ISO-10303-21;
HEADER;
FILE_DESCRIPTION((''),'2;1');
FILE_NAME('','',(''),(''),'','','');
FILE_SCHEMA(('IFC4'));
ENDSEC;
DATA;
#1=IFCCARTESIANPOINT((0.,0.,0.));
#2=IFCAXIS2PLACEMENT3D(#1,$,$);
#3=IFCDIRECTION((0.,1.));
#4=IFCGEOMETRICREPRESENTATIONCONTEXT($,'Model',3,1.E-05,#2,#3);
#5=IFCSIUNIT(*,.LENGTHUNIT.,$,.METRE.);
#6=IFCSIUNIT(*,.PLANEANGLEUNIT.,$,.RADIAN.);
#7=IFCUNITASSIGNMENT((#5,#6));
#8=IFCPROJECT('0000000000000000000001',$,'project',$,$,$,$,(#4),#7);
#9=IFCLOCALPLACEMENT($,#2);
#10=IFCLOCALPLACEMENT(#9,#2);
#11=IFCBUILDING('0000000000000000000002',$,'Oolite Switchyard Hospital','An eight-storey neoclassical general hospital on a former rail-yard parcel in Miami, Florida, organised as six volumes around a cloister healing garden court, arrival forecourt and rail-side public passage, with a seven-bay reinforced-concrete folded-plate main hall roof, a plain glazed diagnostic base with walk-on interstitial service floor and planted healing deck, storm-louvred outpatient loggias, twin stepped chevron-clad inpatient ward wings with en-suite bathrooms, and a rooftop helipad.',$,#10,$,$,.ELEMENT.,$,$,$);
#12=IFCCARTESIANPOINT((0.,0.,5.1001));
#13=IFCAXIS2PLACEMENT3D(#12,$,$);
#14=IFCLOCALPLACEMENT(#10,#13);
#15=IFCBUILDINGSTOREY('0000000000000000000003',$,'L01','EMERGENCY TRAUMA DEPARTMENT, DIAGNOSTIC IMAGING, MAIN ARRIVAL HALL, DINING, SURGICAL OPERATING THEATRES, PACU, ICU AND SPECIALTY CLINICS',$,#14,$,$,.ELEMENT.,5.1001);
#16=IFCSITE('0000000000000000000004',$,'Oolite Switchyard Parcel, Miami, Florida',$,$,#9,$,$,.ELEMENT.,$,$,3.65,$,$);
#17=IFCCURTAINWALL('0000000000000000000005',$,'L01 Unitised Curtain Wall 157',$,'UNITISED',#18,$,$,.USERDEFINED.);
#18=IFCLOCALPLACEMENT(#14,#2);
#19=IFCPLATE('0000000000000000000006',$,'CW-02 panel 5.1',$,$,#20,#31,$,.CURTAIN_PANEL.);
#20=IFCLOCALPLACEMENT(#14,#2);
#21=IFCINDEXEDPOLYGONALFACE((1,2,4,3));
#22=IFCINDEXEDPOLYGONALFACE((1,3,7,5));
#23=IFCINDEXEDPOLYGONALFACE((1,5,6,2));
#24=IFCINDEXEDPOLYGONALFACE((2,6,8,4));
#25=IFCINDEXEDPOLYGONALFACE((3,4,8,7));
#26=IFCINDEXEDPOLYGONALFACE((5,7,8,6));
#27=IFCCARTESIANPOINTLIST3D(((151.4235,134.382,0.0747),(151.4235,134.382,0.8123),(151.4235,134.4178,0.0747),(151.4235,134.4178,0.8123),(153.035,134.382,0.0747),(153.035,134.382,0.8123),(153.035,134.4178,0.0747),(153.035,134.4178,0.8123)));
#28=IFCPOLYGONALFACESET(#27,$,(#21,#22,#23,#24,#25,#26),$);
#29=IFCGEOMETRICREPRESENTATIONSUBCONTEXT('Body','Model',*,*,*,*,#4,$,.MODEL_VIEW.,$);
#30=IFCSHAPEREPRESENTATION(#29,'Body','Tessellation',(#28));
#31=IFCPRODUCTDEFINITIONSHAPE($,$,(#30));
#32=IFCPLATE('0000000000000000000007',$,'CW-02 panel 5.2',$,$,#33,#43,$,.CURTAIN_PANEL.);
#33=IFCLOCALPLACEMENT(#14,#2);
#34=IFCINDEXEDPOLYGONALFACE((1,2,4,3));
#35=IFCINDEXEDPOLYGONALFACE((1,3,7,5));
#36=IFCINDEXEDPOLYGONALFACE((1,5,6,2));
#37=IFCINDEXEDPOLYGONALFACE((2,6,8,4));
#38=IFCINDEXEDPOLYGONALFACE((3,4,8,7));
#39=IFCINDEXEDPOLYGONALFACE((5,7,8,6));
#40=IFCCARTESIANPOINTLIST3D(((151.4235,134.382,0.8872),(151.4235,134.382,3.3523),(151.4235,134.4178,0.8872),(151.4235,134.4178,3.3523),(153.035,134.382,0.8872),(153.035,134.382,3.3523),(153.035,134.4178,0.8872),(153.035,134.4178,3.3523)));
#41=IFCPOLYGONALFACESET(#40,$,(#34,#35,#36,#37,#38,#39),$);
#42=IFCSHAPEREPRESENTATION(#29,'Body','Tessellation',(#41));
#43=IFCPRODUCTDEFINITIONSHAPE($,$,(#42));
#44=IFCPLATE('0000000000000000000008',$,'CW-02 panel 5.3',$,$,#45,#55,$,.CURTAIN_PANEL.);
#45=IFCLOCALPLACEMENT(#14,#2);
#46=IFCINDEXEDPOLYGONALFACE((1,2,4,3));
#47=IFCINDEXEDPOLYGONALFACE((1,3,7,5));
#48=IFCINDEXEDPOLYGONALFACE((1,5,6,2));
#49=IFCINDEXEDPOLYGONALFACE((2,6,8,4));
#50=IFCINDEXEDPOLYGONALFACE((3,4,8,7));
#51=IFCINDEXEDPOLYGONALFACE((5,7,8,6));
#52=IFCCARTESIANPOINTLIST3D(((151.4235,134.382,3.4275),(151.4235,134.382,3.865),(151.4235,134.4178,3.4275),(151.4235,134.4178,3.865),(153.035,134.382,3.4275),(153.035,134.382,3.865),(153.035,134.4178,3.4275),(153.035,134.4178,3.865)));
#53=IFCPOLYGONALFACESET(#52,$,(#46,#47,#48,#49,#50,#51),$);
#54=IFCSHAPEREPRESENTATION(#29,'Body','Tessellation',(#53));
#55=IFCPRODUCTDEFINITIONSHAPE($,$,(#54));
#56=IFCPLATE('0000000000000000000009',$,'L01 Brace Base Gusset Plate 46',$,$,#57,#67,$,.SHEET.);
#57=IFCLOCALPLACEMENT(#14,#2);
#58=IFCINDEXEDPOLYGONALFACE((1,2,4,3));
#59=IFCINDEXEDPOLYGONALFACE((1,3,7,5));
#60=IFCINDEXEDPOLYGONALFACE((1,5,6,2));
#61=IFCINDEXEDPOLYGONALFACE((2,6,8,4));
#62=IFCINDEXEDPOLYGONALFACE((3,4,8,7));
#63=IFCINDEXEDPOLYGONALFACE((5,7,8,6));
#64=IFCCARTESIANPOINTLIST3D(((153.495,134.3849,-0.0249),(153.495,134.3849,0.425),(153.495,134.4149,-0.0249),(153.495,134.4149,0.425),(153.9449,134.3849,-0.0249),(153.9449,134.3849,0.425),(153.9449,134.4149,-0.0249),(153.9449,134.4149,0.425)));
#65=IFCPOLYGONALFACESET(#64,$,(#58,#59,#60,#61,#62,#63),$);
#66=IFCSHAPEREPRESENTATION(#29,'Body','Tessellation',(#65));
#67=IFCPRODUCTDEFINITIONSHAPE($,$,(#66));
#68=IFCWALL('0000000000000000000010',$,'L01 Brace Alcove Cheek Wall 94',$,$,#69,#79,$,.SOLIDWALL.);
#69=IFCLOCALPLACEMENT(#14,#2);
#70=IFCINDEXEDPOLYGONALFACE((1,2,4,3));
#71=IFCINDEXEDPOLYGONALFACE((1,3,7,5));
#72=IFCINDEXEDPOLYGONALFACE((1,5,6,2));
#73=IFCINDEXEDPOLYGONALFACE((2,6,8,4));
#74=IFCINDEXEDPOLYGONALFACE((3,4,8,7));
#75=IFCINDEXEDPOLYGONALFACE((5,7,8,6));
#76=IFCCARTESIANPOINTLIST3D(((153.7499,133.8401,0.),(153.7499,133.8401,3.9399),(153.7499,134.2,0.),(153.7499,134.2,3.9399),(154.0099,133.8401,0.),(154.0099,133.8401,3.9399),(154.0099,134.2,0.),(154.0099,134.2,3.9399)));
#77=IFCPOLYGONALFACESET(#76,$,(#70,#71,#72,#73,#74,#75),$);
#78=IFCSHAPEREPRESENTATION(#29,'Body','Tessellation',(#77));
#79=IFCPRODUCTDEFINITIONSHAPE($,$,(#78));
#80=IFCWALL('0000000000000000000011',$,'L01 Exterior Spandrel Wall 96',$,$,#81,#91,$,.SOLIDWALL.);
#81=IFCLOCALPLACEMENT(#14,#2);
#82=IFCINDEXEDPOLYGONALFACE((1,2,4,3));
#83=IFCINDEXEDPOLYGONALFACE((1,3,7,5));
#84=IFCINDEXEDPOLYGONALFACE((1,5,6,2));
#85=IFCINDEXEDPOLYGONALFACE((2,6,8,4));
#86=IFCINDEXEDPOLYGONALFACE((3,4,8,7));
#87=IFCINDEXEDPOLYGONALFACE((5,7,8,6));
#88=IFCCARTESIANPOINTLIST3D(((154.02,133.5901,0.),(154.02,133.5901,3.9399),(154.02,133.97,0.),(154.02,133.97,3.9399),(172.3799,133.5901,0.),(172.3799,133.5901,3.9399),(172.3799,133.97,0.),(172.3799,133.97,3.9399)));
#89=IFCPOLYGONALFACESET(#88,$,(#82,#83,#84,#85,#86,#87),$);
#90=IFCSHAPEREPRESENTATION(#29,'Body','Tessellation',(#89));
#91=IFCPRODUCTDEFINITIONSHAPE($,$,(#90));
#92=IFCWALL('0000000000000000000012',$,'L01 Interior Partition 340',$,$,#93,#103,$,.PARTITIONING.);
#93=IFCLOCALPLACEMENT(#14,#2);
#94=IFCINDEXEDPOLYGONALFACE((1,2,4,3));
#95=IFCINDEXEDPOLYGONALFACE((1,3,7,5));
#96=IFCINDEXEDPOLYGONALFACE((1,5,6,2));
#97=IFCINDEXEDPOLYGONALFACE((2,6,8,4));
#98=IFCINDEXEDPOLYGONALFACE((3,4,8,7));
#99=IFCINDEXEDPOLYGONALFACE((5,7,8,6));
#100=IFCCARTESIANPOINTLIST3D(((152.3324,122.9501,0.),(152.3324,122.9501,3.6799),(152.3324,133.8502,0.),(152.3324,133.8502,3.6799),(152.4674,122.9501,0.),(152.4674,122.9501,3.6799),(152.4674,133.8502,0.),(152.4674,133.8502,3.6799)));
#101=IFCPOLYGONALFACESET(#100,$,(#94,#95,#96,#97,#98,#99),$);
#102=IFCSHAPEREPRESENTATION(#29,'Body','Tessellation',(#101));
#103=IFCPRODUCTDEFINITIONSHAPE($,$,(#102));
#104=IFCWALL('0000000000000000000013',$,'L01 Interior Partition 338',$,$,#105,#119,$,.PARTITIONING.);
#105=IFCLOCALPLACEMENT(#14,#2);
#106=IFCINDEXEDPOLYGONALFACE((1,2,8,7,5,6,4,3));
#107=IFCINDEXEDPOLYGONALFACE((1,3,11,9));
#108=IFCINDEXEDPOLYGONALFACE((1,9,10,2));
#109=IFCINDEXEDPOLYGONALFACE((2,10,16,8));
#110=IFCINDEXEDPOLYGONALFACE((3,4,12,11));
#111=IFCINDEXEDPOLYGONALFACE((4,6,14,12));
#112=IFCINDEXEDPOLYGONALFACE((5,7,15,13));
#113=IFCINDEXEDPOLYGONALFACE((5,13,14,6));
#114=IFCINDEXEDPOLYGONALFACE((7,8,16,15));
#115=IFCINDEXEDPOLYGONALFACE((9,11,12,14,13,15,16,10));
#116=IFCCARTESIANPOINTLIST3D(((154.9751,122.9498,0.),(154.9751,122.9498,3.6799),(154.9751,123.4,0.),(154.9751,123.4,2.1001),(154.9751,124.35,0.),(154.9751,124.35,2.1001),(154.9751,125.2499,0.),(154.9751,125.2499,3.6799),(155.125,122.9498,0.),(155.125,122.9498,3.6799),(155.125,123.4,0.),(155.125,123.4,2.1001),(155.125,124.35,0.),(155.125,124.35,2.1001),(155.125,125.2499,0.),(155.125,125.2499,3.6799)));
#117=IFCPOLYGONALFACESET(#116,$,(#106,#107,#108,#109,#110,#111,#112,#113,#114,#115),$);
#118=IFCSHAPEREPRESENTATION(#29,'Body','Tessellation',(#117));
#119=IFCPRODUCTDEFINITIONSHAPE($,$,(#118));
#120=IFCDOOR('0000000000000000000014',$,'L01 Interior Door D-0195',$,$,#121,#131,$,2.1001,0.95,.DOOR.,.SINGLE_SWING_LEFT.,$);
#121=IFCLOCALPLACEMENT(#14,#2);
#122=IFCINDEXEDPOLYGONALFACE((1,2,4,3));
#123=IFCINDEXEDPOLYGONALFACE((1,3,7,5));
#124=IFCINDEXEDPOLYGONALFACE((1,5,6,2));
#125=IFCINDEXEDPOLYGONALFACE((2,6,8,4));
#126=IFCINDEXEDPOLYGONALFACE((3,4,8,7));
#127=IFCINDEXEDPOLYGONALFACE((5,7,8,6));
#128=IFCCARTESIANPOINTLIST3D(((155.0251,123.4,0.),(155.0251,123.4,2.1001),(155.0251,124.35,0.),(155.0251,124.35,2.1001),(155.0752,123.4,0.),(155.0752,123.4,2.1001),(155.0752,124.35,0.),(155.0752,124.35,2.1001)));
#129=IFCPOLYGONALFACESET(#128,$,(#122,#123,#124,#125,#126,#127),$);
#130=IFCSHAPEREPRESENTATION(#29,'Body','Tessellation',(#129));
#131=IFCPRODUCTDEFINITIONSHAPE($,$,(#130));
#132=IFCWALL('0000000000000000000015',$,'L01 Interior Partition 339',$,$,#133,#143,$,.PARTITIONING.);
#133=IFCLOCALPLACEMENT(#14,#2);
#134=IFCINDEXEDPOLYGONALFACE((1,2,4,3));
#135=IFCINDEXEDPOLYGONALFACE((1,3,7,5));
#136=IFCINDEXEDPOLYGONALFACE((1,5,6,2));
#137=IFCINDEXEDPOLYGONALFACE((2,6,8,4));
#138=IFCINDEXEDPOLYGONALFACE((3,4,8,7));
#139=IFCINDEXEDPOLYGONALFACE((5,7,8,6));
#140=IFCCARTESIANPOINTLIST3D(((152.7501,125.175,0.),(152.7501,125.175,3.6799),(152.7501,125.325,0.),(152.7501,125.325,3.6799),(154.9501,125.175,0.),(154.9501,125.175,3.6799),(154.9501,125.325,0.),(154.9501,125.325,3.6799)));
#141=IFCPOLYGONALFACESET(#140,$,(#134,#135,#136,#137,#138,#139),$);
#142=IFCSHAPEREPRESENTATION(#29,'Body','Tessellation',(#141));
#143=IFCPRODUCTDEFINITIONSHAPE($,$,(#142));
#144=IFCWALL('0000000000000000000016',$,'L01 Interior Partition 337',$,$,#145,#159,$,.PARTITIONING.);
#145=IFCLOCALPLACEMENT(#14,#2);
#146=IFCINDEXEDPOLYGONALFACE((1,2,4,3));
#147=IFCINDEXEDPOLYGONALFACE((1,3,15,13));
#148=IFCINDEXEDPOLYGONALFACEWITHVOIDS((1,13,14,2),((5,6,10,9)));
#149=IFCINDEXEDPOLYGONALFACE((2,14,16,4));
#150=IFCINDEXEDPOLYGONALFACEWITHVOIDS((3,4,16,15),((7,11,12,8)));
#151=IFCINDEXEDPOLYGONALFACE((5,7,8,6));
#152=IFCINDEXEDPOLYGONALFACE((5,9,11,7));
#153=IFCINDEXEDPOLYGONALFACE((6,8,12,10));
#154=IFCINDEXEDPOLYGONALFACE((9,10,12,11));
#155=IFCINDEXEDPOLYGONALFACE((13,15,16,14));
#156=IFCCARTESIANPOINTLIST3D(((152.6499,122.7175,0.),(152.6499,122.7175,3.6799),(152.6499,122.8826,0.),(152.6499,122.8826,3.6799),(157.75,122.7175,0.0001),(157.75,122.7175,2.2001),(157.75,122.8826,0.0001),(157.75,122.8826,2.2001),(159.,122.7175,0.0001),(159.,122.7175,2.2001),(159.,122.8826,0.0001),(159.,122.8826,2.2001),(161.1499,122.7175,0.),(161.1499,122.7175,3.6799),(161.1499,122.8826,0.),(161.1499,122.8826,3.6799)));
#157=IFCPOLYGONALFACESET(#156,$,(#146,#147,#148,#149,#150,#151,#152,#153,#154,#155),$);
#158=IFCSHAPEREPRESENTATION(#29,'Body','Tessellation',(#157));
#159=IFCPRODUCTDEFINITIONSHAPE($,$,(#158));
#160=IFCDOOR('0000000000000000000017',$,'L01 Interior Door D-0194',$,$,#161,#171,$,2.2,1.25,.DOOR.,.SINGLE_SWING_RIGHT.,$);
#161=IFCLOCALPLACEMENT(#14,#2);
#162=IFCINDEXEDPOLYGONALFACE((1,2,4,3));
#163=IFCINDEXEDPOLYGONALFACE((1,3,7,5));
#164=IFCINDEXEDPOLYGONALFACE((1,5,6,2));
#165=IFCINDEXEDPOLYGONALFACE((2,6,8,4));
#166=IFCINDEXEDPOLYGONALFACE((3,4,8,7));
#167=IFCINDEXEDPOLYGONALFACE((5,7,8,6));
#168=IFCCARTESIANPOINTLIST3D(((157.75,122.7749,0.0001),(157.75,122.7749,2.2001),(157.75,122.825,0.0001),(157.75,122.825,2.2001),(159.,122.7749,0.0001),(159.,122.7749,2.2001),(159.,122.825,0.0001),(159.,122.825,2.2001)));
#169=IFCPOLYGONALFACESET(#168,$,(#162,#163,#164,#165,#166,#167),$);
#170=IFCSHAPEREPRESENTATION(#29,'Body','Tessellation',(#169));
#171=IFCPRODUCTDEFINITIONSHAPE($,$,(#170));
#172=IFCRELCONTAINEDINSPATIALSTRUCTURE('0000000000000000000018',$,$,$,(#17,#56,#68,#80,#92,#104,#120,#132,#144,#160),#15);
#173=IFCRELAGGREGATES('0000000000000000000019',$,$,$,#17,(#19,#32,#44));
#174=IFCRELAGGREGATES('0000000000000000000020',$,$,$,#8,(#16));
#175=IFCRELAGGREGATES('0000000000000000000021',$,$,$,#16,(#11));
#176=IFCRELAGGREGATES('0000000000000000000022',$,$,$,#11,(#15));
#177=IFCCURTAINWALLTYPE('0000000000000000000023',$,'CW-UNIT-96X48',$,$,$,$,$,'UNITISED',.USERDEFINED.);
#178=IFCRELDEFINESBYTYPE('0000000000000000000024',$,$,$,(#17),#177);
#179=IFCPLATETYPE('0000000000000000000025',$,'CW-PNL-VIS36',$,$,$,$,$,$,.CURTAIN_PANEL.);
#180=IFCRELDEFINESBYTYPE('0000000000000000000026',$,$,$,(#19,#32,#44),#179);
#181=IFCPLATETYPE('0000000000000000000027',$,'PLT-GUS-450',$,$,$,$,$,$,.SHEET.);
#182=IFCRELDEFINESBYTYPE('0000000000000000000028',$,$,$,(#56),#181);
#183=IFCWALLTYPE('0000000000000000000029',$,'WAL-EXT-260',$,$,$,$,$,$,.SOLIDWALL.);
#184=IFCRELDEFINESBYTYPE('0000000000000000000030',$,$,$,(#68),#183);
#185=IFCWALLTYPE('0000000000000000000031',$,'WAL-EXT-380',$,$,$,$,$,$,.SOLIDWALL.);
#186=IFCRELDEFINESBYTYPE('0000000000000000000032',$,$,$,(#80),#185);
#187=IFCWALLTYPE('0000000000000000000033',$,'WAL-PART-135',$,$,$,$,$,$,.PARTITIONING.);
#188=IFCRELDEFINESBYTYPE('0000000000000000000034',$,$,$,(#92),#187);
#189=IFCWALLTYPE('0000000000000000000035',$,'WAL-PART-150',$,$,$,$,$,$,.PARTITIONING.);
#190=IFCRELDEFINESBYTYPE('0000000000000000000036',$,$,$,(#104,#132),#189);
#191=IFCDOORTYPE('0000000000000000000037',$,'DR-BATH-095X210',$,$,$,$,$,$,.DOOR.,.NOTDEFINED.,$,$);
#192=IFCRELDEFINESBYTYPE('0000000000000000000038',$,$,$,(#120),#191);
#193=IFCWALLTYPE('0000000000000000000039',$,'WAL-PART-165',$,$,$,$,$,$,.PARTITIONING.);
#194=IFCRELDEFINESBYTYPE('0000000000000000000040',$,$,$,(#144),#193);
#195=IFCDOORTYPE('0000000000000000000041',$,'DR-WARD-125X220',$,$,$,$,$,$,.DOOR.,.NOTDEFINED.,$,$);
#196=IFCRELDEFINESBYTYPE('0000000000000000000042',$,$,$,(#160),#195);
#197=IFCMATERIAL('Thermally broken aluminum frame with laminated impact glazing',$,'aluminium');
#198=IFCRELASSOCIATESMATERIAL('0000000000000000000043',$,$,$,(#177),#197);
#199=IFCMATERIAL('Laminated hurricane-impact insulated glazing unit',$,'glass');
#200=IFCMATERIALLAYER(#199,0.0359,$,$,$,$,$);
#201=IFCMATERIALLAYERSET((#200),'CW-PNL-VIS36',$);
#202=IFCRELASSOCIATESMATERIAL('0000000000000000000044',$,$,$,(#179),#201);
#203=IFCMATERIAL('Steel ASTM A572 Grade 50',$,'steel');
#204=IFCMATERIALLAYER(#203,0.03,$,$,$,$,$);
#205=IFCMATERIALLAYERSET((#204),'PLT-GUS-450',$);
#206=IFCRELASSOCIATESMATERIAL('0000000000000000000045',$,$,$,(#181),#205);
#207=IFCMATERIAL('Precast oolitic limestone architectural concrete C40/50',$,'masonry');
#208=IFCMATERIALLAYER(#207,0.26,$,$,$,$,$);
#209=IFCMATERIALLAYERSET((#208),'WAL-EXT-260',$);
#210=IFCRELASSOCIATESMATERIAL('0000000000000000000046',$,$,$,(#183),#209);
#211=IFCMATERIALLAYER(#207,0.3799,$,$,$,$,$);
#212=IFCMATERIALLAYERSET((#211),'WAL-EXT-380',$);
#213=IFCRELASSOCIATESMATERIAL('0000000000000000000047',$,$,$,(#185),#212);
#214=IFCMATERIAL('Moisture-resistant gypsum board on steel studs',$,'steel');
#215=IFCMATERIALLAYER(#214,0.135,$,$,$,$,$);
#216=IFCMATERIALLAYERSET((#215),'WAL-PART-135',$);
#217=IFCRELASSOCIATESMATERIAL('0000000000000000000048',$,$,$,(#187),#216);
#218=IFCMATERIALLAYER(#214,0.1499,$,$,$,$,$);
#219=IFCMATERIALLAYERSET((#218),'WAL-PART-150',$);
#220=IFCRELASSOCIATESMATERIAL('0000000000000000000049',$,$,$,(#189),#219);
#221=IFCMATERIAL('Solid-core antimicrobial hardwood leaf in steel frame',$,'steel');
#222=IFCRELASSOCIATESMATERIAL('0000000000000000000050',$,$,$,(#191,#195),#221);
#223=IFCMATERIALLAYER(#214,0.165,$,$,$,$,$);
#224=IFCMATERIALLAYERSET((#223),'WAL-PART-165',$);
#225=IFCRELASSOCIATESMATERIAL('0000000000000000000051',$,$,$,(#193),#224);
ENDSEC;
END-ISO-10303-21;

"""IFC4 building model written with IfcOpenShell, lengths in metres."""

from ifc_helpers import new_model, si_unit, direction, frame, frame_2d, origin, origin_2d, place, context, subcontext, project, spatial, rectangle, extrude, material, layer, layer_set, type_object, element, fill, aggregate, save


model = new_model("IFC4")

# Units and contexts
model_context = context("Model", 3, precision=1e-05, world=origin(), true_north=direction((0.0, 1.0)))
body_context = subcontext(model_context, "Body", "Model", "MODEL_VIEW")
ifc_project = project(units=[si_unit("LENGTHUNIT", "METRE"), si_unit("PLANEANGLEUNIT", "RADIAN")], contexts=[model_context])

# Site, building, storey
site_placement = place(None, origin())
site = spatial("IfcSite", under=ifc_project, at=site_placement, Name="Oolite Switchyard Parcel, Miami, Florida", CompositionType="ELEMENT", RefElevation=3.65)
building_placement = place(site_placement, origin())
building = spatial("IfcBuilding", under=site, at=building_placement, Name="Oolite Switchyard Hospital", Description="An eight-storey neoclassical general hospital on a former rail-yard parcel in Miami, Florida, organised as six volumes around a cloister healing garden court, arrival forecourt and rail-side public passage, with a seven-bay reinforced-concrete folded-plate main hall roof, a plain glazed diagnostic base with walk-on interstitial service floor and planted healing deck, storm-louvred outpatient loggias, twin stepped chevron-clad inpatient ward wings with en-suite bathrooms, and a rooftop helipad.", CompositionType="ELEMENT")
storey_placement = place(building_placement, frame((0.0, 0.0, 5.1001)))
storey = spatial("IfcBuildingStorey", under=building, at=storey_placement, Name="L01", Description="EMERGENCY TRAUMA DEPARTMENT, DIAGNOSTIC IMAGING, MAIN ARRIVAL HALL, DINING, SURGICAL OPERATING THEATRES, PACU, ICU AND SPECIALTY CLINICS", CompositionType="ELEMENT", Elevation=5.1001)

# Curtain wall
ifc_material_1 = material(Name="Thermally broken aluminum frame with laminated impact glazing", Category="aluminium")
curtain_wall_type = type_object("IfcCurtainWallType", Name="CW-UNIT-96X48", ElementType="UNITISED", PredefinedType="USERDEFINED", material=ifc_material_1)
curtain_wall_placement = place(storey_placement, origin())
curtain_wall = element("IfcCurtainWall", 1, at=curtain_wall_placement, inside=storey, type_object=curtain_wall_type, Name="L01 Unitised Curtain Wall 157", ObjectType="UNITISED", PredefinedType="USERDEFINED")

# Plates
ifc_material_2 = material(Name="Laminated hurricane-impact insulated glazing unit", Category="glass")
ifc_layer_1 = layer(ifc_material_2, 0.0359)
ifc_layer_set_1 = layer_set([ifc_layer_1], Name="CW-PNL-VIS36")
plate_type_1 = type_object("IfcPlateType", Name="CW-PNL-VIS36", PredefinedType="CURTAIN_PANEL", material=ifc_layer_set_1)
plate_1_placement = place(storey_placement, frame((152.2292, 134.3999, 0.0747), z_axis=(0.0, 0.0, 1.0), x_axis=(1.0, 0.0, 0.0)))
plate_1 = element("IfcPlate", 2, at=plate_1_placement, type_object=plate_type_1, Name="CW-02 panel 5.1", PredefinedType="CURTAIN_PANEL", context=body_context, shape_type="SweptSolid", body=[
    extrude(rectangle(XDim=1.6116, YDim=0.0359, at=origin_2d()), origin(), (0.0, 0.0, 1.0), 0.7375),
])
plate_2_placement = place(storey_placement, frame((152.2292, 134.3999, 0.8872), z_axis=(0.0, 0.0, 1.0), x_axis=(1.0, 0.0, 0.0)))
plate_2 = element("IfcPlate", 3, at=plate_2_placement, type_object=plate_type_1, Name="CW-02 panel 5.2", PredefinedType="CURTAIN_PANEL", context=body_context, shape_type="SweptSolid", body=[
    extrude(rectangle(XDim=1.6116, YDim=0.0359, at=origin_2d()), origin(), (0.0, 0.0, 1.0), 2.4651),
])
plate_3_placement = place(storey_placement, frame((152.2292, 134.3999, 3.4275), z_axis=(0.0, 0.0, 1.0), x_axis=(1.0, 0.0, 0.0)))
plate_3 = element("IfcPlate", 4, at=plate_3_placement, type_object=plate_type_1, Name="CW-02 panel 5.3", PredefinedType="CURTAIN_PANEL", context=body_context, shape_type="SweptSolid", body=[
    extrude(rectangle(XDim=1.6116, YDim=0.0359, at=origin_2d()), origin(), (0.0, 0.0, 1.0), 0.4375),
])
aggregate(curtain_wall, [plate_1, plate_2, plate_3])
ifc_material_3 = material(Name="Steel ASTM A572 Grade 50", Category="steel")
ifc_layer_2 = layer(ifc_material_3, 0.03)
ifc_layer_set_2 = layer_set([ifc_layer_2], Name="PLT-GUS-450")
plate_type_2 = type_object("IfcPlateType", Name="PLT-GUS-450", PredefinedType="SHEET", material=ifc_layer_set_2)
plate_4_placement = place(storey_placement, frame((153.72, 134.3999, -0.0249), z_axis=(0.0, 0.0, 1.0), x_axis=(1.0, 0.0, 0.0)))
element("IfcPlate", 5, at=plate_4_placement, inside=storey, type_object=plate_type_2, Name="L01 Brace Base Gusset Plate 46", PredefinedType="SHEET", context=body_context, shape_type="SweptSolid", body=[
    extrude(rectangle(XDim=0.45, YDim=0.03, at=origin_2d()), origin(), (0.0, 0.0, 1.0), 0.45),
])

# Walls
ifc_material_4 = material(Name="Precast oolitic limestone architectural concrete C40/50", Category="masonry")
ifc_layer_3 = layer(ifc_material_4, 0.26)
ifc_layer_set_3 = layer_set([ifc_layer_3], Name="WAL-EXT-260")
wall_type_1 = type_object("IfcWallType", Name="WAL-EXT-260", PredefinedType="SOLIDWALL", material=ifc_layer_set_3)
wall_1_placement = place(storey_placement, frame((153.8799, 134.2, 0.0), z_axis=(0.0, 0.0, 1.0), x_axis=(0.0, -1.0, 0.0)))
element("IfcWall", 6, at=wall_1_placement, inside=storey, type_object=wall_type_1, Name="L01 Brace Alcove Cheek Wall 94", PredefinedType="SOLIDWALL", context=body_context, shape_type="SweptSolid", body=[
    extrude(rectangle(XDim=0.3599, YDim=0.26, at=frame_2d((0.1799, 0.0))), origin(), (0.0, 0.0, 1.0), 3.9399),
])
ifc_layer_4 = layer(ifc_material_4, 0.3799)
ifc_layer_set_4 = layer_set([ifc_layer_4], Name="WAL-EXT-380")
wall_type_2 = type_object("IfcWallType", Name="WAL-EXT-380", PredefinedType="SOLIDWALL", material=ifc_layer_set_4)
wall_2_placement = place(storey_placement, frame((154.02, 133.78, 0.0), z_axis=(0.0, 0.0, 1.0), x_axis=(1.0, 0.0, 0.0)))
element("IfcWall", 7, at=wall_2_placement, inside=storey, type_object=wall_type_2, Name="L01 Exterior Spandrel Wall 96", PredefinedType="SOLIDWALL", context=body_context, shape_type="SweptSolid", body=[
    extrude(rectangle(XDim=18.3599, YDim=0.3799, at=frame_2d((9.1799, 0.0))), origin(), (0.0, 0.0, 1.0), 3.9399),
])
ifc_material_5 = material(Name="Moisture-resistant gypsum board on steel studs", Category="steel")
ifc_layer_5 = layer(ifc_material_5, 0.135)
ifc_layer_set_5 = layer_set([ifc_layer_5], Name="WAL-PART-135")
wall_type_3 = type_object("IfcWallType", Name="WAL-PART-135", PredefinedType="PARTITIONING", material=ifc_layer_set_5)
wall_3_placement = place(storey_placement, frame((152.3999, 122.95, 0.0), z_axis=(0.0, 0.0, 1.0), x_axis=(0.0, 1.0, 0.0)))
element("IfcWall", 8, at=wall_3_placement, inside=storey, type_object=wall_type_3, Name="L01 Interior Partition 340", PredefinedType="PARTITIONING", context=body_context, shape_type="SweptSolid", body=[
    extrude(rectangle(XDim=10.9001, YDim=0.135, at=frame_2d((5.4502, 0.0))), origin(), (0.0, 0.0, 1.0), 3.6799),
])

# Wall, opening, door
ifc_layer_6 = layer(ifc_material_5, 0.1499)
ifc_layer_set_6 = layer_set([ifc_layer_6], Name="WAL-PART-150")
wall_type_4 = type_object("IfcWallType", Name="WAL-PART-150", PredefinedType="PARTITIONING", material=ifc_layer_set_6)
wall_4_placement = place(storey_placement, frame((155.05, 122.95, 0.0), z_axis=(0.0, 0.0, 1.0), x_axis=(0.0, 1.0, 0.0)))
wall_4 = element("IfcWall", 9, at=wall_4_placement, inside=storey, type_object=wall_type_4, Name="L01 Interior Partition 338", PredefinedType="PARTITIONING", context=body_context, shape_type="SweptSolid", body=[
    extrude(rectangle(XDim=2.3, YDim=0.1499, at=frame_2d((1.1499, 0.0))), origin(), (0.0, 0.0, 1.0), 3.6799),
])
opening_1_placement = place(wall_4_placement, frame((0.45, 0.0, 0.0)))
opening_1 = element("IfcOpeningElement", 10, at=opening_1_placement, cuts=wall_4, PredefinedType="OPENING", context=body_context, shape_type="SweptSolid", body=[
    extrude(rectangle(XDim=0.95, YDim=2.1001, at=frame_2d((0.4751, 1.05))), frame((0.0, 0.085, 0.0), z_axis=(0.0, -1.0, 0.0), x_axis=(1.0, 0.0, 0.0)), (0.0, 0.0, 1.0), 0.1699),
])
ifc_material_6 = material(Name="Solid-core antimicrobial hardwood leaf in steel frame", Category="steel")
door_type_1 = type_object("IfcDoorType", Name="DR-BATH-095X210", OperationType="NOTDEFINED", PredefinedType="DOOR", material=ifc_material_6)
door_1_placement = place(opening_1_placement, origin())
door_1 = element("IfcDoor", 11, at=door_1_placement, inside=storey, type_object=door_type_1, Name="L01 Interior Door D-0195", OperationType="SINGLE_SWING_LEFT", OverallHeight=2.1001, OverallWidth=0.95, PredefinedType="DOOR", context=body_context, shape_type="SweptSolid", body=[
    extrude(rectangle(XDim=0.95, YDim=2.1001, at=frame_2d((0.4751, 1.05))), frame((0.0, 0.0249, 0.0), z_axis=(0.0, -1.0, 0.0), x_axis=(1.0, 0.0, 0.0)), (0.0, 0.0, 1.0), 0.05),
])
fill(opening_1, door_1)

# Wall
wall_5_placement = place(storey_placement, frame((152.75, 125.25, 0.0), z_axis=(0.0, 0.0, 1.0), x_axis=(1.0, 0.0, 0.0)))
element("IfcWall", 12, at=wall_5_placement, inside=storey, type_object=wall_type_4, Name="L01 Interior Partition 339", PredefinedType="PARTITIONING", context=body_context, shape_type="SweptSolid", body=[
    extrude(rectangle(XDim=2.2, YDim=0.1499, at=frame_2d((1.1001, 0.0))), origin(), (0.0, 0.0, 1.0), 3.6799),
])

# Wall, opening, door
ifc_layer_7 = layer(ifc_material_5, 0.165)
ifc_layer_set_7 = layer_set([ifc_layer_7], Name="WAL-PART-165")
wall_type_5 = type_object("IfcWallType", Name="WAL-PART-165", PredefinedType="PARTITIONING", material=ifc_layer_set_7)
wall_6_placement = place(storey_placement, frame((152.6499, 122.8, 0.0), z_axis=(0.0, 0.0, 1.0), x_axis=(1.0, 0.0, 0.0)))
wall_6 = element("IfcWall", 13, at=wall_6_placement, inside=storey, type_object=wall_type_5, Name="L01 Interior Partition 337", PredefinedType="PARTITIONING", context=body_context, shape_type="SweptSolid", body=[
    extrude(rectangle(XDim=8.5, YDim=0.165, at=frame_2d((4.25, 0.0))), origin(), (0.0, 0.0, 1.0), 3.6799),
])
opening_2_placement = place(wall_6_placement, frame((5.1001, 0.0, 0.0)))
opening_2 = element("IfcOpeningElement", 14, at=opening_2_placement, cuts=wall_6, PredefinedType="OPENING", context=body_context, shape_type="SweptSolid", body=[
    extrude(rectangle(XDim=1.25, YDim=2.2, at=frame_2d((0.625, 1.1001))), frame((0.0, 0.0925, 0.0), z_axis=(0.0, -1.0, 0.0), x_axis=(1.0, 0.0, 0.0)), (0.0, 0.0, 1.0), 0.1851),
])
door_type_2 = type_object("IfcDoorType", Name="DR-WARD-125X220", OperationType="NOTDEFINED", PredefinedType="DOOR", material=ifc_material_6)
door_2_placement = place(opening_2_placement, origin())
door_2 = element("IfcDoor", 15, at=door_2_placement, inside=storey, type_object=door_type_2, Name="L01 Interior Door D-0194", OperationType="SINGLE_SWING_RIGHT", OverallHeight=2.2, OverallWidth=1.25, PredefinedType="DOOR", context=body_context, shape_type="SweptSolid", body=[
    extrude(rectangle(XDim=1.25, YDim=2.2, at=frame_2d((0.625, 1.1001))), frame((0.0, 0.0249, 0.0), z_axis=(0.0, -1.0, 0.0), x_axis=(1.0, 0.0, 0.0)), (0.0, 0.0, 1.0), 0.05),
])
fill(opening_2, door_2)

save(model, "model.ifc")
